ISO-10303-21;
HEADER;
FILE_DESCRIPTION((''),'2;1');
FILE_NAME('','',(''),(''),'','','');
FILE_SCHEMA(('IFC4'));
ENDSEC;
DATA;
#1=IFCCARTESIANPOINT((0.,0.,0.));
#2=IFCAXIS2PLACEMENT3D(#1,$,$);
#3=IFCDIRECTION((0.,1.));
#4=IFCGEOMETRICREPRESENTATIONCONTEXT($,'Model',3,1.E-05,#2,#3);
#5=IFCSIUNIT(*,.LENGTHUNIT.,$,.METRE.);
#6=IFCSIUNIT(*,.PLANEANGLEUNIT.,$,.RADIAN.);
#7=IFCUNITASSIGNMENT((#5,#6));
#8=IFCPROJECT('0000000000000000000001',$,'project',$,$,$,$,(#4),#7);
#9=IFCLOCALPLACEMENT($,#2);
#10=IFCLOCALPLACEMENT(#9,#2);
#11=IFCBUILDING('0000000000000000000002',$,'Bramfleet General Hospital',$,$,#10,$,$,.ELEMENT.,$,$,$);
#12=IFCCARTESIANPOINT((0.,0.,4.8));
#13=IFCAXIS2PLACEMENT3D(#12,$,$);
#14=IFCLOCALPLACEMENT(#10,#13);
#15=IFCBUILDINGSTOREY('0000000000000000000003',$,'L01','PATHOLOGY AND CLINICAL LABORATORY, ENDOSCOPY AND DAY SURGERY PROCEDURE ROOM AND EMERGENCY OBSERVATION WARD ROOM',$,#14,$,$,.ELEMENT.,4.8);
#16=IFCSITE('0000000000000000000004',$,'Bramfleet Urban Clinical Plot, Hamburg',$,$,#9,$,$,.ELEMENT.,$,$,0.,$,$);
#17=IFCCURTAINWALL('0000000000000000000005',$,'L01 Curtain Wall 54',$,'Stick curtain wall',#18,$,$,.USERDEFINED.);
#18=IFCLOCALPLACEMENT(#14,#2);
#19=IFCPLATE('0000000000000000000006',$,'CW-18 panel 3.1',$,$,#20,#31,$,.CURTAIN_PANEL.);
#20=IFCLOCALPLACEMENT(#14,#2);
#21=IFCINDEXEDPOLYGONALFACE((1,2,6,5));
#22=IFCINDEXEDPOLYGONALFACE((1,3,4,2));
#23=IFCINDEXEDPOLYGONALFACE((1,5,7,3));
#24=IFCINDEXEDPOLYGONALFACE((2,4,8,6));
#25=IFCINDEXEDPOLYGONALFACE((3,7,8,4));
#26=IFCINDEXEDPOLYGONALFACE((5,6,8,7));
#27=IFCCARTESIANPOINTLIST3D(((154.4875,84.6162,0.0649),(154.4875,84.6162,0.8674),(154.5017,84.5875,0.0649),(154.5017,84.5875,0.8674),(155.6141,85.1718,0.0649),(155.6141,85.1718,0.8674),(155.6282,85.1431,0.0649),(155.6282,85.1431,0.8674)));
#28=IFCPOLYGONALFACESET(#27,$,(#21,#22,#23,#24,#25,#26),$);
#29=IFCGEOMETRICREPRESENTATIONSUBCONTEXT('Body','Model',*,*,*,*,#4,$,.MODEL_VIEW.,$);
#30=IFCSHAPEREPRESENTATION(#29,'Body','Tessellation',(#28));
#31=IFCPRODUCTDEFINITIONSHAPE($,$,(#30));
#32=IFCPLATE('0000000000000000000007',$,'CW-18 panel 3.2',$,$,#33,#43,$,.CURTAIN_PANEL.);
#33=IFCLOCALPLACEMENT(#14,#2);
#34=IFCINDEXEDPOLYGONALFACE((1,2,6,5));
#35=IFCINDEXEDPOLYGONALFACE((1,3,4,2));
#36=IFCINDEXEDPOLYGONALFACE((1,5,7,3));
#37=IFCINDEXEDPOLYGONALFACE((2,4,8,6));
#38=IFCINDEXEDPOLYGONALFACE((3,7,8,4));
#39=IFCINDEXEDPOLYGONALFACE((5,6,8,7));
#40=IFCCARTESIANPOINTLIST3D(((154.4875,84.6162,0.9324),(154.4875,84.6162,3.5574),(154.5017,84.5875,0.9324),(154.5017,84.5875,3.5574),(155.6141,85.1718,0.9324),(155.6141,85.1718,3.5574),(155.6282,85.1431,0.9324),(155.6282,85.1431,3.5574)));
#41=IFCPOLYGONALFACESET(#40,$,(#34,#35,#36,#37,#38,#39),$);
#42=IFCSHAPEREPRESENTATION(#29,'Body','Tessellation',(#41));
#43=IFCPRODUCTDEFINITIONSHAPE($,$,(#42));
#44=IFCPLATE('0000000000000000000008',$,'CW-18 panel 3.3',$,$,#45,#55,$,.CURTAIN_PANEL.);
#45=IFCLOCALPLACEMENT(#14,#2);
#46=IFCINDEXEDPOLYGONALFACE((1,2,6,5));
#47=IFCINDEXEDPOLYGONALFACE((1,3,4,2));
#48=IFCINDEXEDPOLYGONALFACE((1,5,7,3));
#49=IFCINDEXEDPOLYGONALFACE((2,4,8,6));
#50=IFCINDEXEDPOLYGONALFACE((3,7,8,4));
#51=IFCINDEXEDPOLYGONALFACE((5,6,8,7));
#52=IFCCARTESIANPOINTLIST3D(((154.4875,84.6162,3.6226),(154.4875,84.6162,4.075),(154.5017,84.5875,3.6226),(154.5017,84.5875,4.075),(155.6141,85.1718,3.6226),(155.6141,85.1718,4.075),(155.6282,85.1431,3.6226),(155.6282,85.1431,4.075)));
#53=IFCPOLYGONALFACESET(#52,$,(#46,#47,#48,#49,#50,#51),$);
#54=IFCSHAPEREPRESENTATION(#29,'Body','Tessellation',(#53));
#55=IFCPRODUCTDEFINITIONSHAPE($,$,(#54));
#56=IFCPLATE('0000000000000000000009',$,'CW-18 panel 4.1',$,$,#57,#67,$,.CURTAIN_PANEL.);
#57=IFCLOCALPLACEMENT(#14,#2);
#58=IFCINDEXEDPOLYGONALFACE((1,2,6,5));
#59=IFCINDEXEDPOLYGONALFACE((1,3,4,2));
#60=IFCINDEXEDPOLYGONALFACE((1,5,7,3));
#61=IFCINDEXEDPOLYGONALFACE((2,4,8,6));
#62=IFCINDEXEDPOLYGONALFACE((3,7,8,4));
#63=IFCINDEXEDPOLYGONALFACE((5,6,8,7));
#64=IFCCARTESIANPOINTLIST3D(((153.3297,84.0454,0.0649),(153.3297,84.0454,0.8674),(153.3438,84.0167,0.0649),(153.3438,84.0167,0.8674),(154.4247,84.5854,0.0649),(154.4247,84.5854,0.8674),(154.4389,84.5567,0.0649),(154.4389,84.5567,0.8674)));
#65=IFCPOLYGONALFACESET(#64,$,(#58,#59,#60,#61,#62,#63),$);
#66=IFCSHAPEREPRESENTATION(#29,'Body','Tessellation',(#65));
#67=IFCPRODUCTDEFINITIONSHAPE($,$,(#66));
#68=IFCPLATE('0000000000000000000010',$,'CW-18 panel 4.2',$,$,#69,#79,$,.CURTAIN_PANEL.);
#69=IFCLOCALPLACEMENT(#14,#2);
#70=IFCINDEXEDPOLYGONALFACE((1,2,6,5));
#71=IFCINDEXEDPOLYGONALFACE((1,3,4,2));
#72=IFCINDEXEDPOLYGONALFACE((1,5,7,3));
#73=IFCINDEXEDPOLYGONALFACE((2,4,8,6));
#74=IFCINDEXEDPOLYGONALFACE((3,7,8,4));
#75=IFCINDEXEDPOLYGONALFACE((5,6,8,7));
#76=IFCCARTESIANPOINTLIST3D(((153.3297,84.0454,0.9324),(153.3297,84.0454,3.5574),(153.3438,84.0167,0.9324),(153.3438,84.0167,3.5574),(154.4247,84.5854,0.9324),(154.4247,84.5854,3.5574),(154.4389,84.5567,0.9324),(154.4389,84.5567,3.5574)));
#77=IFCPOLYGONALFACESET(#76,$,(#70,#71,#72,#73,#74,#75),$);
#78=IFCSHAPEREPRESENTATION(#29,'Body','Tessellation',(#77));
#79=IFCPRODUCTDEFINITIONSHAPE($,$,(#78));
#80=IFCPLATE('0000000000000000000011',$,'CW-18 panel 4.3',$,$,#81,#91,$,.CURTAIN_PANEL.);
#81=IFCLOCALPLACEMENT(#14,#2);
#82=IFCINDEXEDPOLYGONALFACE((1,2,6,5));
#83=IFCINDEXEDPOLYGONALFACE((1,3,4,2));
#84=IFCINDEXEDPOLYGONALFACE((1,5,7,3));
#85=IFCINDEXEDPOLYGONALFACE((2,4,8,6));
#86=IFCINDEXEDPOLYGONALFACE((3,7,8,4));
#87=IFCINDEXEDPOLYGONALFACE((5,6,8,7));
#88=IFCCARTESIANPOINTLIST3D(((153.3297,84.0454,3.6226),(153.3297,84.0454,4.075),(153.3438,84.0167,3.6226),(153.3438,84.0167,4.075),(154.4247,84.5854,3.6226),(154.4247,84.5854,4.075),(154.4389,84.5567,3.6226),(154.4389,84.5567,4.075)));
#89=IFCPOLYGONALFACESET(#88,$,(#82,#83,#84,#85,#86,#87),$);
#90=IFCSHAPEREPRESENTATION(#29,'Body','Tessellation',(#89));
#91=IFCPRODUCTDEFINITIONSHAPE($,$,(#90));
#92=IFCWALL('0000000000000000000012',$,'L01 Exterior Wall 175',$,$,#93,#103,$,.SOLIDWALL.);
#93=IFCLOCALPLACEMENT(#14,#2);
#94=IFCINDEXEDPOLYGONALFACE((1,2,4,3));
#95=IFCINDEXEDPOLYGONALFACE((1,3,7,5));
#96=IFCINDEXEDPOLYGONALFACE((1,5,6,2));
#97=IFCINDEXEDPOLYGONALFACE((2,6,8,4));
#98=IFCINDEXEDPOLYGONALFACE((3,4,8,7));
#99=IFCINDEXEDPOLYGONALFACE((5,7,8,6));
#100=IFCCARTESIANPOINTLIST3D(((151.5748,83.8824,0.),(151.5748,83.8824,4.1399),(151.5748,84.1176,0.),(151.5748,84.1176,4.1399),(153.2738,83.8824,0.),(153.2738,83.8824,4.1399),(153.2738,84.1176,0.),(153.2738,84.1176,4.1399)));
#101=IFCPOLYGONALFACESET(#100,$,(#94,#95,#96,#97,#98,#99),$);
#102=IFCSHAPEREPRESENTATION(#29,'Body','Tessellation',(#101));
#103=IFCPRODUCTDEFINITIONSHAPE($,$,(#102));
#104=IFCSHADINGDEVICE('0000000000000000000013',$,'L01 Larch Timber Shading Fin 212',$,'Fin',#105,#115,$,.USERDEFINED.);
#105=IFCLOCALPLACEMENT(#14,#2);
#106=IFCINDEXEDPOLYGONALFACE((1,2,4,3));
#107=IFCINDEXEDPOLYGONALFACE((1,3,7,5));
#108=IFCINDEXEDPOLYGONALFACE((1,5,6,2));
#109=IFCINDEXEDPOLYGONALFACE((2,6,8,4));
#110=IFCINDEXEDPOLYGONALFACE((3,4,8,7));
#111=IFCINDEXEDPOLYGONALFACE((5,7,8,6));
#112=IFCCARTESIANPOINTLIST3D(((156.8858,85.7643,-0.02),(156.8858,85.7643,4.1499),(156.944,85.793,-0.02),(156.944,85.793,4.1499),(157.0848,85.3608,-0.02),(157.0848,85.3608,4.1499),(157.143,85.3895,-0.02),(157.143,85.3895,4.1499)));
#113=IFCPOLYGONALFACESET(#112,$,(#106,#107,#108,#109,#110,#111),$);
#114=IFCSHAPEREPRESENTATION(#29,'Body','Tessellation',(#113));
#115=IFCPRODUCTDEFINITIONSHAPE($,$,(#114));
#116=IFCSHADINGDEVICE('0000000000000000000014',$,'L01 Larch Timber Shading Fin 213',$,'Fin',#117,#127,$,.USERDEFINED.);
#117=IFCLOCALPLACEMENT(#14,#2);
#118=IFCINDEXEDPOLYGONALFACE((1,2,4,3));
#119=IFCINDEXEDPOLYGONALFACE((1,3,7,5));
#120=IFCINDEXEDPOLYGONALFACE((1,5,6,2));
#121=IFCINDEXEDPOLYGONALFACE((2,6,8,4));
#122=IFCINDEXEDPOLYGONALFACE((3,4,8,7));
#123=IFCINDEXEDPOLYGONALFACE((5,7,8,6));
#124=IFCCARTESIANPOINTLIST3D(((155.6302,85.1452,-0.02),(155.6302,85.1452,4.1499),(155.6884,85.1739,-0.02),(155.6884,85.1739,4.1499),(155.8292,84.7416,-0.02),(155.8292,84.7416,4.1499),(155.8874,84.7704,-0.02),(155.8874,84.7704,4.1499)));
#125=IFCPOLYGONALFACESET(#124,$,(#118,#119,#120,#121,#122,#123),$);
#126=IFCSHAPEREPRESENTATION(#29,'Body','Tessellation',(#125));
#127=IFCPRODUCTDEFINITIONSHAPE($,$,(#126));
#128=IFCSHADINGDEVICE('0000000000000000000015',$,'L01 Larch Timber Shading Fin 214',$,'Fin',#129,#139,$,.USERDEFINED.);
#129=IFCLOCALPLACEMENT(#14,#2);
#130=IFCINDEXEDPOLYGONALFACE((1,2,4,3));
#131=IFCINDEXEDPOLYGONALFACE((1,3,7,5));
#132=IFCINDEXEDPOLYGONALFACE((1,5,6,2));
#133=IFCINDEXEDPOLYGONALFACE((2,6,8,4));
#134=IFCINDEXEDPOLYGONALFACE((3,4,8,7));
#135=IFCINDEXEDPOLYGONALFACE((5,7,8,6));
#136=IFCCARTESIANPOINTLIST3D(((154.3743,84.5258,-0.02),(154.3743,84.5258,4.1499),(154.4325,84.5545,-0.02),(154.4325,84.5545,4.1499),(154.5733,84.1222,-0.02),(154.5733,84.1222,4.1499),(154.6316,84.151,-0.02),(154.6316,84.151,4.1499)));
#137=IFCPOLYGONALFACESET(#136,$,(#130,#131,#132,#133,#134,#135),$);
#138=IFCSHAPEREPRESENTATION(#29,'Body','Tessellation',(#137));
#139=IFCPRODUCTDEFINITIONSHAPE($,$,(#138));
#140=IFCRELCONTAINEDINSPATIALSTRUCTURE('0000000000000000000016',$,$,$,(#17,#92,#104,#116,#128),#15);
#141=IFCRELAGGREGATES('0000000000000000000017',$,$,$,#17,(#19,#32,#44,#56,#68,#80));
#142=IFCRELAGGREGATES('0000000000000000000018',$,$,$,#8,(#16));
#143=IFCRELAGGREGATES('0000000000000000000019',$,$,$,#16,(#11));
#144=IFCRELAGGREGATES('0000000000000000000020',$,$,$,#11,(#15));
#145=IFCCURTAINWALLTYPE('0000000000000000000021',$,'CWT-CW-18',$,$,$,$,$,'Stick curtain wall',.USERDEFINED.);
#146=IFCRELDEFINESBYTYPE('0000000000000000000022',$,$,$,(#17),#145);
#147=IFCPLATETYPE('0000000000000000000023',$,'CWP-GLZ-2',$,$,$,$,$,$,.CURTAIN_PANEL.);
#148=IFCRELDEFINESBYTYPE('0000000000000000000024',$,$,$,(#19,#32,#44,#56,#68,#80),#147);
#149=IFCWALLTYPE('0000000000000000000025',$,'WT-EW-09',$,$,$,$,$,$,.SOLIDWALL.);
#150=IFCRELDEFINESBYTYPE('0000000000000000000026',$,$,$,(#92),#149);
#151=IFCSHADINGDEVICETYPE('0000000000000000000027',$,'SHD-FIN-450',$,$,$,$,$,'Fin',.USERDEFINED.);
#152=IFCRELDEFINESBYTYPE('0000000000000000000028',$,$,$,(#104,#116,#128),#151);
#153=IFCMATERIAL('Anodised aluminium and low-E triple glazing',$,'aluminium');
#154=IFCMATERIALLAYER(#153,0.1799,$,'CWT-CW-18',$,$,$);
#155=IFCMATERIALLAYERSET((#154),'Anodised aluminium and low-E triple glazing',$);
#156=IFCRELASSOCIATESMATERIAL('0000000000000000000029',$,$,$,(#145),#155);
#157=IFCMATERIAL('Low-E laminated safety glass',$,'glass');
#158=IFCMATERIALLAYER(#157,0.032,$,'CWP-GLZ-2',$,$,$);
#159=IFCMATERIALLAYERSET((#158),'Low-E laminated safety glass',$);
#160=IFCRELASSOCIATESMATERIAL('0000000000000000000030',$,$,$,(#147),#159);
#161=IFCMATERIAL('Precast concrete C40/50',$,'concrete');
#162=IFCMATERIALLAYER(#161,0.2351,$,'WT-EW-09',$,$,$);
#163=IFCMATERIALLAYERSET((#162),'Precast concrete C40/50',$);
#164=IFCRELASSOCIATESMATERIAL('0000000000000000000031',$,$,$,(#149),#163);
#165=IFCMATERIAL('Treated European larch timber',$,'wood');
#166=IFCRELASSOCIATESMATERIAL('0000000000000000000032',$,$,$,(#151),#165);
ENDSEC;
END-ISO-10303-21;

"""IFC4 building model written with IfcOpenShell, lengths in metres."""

from ifc_helpers import new_model, si_unit, direction, frame, frame_2d, origin, origin_2d, place, context, subcontext, project, spatial, rectangle, extrude, material, layer, layer_set, material_profile, profile_set, type_object, element, aggregate, save


model = new_model("IFC4")

# Units and contexts
model_context = context("Model", 3, precision=1e-05, world=origin(), true_north=direction((0.0, 1.0)))
body_context = subcontext(model_context, "Body", "Model", "MODEL_VIEW")
ifc_project = project(units=[si_unit("LENGTHUNIT", "METRE"), si_unit("PLANEANGLEUNIT", "RADIAN")], contexts=[model_context])

# Site, building, storey
site_placement = place(None, origin())
site = spatial("IfcSite", under=ifc_project, at=site_placement, Name="Bramfleet Urban Clinical Plot, Hamburg", CompositionType="ELEMENT", RefElevation=0.0)
building_placement = place(site_placement, origin())
building = spatial("IfcBuilding", under=site, at=building_placement, Name="Bramfleet General Hospital", CompositionType="ELEMENT")
storey_placement = place(building_placement, frame((0.0, 0.0, 4.8)))
storey = spatial("IfcBuildingStorey", under=building, at=storey_placement, Name="L01", Description="PATHOLOGY AND CLINICAL LABORATORY, ENDOSCOPY AND DAY SURGERY PROCEDURE ROOM AND EMERGENCY OBSERVATION WARD ROOM", CompositionType="ELEMENT", Elevation=4.8)

# Curtain wall, plates
ifc_material_1 = material(Name="Anodised aluminium and low-E triple glazing", Category="aluminium")
ifc_layer_1 = layer(ifc_material_1, 0.1799, Name="CWT-CW-18")
ifc_layer_set_1 = layer_set([ifc_layer_1], Name="Anodised aluminium and low-E triple glazing")
curtain_wall_type = type_object("IfcCurtainWallType", Name="CWT-CW-18", ElementType="Stick curtain wall", PredefinedType="USERDEFINED", material=ifc_layer_set_1)
curtain_wall_placement = place(storey_placement, origin())
curtain_wall = element("IfcCurtainWall", 1, at=curtain_wall_placement, inside=storey, type_object=curtain_wall_type, Name="L01 Curtain Wall 54", ObjectType="Stick curtain wall", PredefinedType="USERDEFINED")
ifc_material_2 = material(Name="Low-E laminated safety glass", Category="glass")
ifc_layer_2 = layer(ifc_material_2, 0.032, Name="CWP-GLZ-2")
ifc_layer_set_2 = layer_set([ifc_layer_2], Name="Low-E laminated safety glass")
plate_type = type_object("IfcPlateType", Name="CWP-GLZ-2", PredefinedType="CURTAIN_PANEL", material=ifc_layer_set_2)
plate_1_placement = place(storey_placement, frame((155.0579, 84.8796, 0.0649), z_axis=(0.0, 0.0, 1.0), x_axis=(-0.896865, -0.442305, 0.0)))
plate_1 = element("IfcPlate", 2, at=plate_1_placement, type_object=plate_type, Name="CW-18 panel 3.1", PredefinedType="CURTAIN_PANEL", context=body_context, shape_type="SweptSolid", body=[
    extrude(rectangle(XDim=1.2561, YDim=0.032, at=origin_2d()), origin(), (0.0, 0.0, 1.0), 0.8025),
])
plate_2_placement = place(storey_placement, frame((155.0579, 84.8796, 0.9324), z_axis=(0.0, 0.0, 1.0), x_axis=(-0.896865, -0.442305, 0.0)))
plate_2 = element("IfcPlate", 3, at=plate_2_placement, type_object=plate_type, Name="CW-18 panel 3.2", PredefinedType="CURTAIN_PANEL", context=body_context, shape_type="SweptSolid", body=[
    extrude(rectangle(XDim=1.2561, YDim=0.032, at=origin_2d()), origin(), (0.0, 0.0, 1.0), 2.625),
])
plate_3_placement = place(storey_placement, frame((155.0579, 84.8796, 3.6226), z_axis=(0.0, 0.0, 1.0), x_axis=(-0.896865, -0.442305, 0.0)))
plate_3 = element("IfcPlate", 4, at=plate_3_placement, type_object=plate_type, Name="CW-18 panel 3.3", PredefinedType="CURTAIN_PANEL", context=body_context, shape_type="SweptSolid", body=[
    extrude(rectangle(XDim=1.2561, YDim=0.032, at=origin_2d()), origin(), (0.0, 0.0, 1.0), 0.4524),
])
plate_4_placement = place(storey_placement, frame((153.8843, 84.301, 0.0649), z_axis=(0.0, 0.0, 1.0), x_axis=(-0.896865, -0.442305, 0.0)))
plate_4 = element("IfcPlate", 5, at=plate_4_placement, type_object=plate_type, Name="CW-18 panel 4.1", PredefinedType="CURTAIN_PANEL", context=body_context, shape_type="SweptSolid", body=[
    extrude(rectangle(XDim=1.2209, YDim=0.032, at=origin_2d()), origin(), (0.0, 0.0, 1.0), 0.8025),
])
plate_5_placement = place(storey_placement, frame((153.8843, 84.301, 0.9324), z_axis=(0.0, 0.0, 1.0), x_axis=(-0.896865, -0.442305, 0.0)))
plate_5 = element("IfcPlate", 6, at=plate_5_placement, type_object=plate_type, Name="CW-18 panel 4.2", PredefinedType="CURTAIN_PANEL", context=body_context, shape_type="SweptSolid", body=[
    extrude(rectangle(XDim=1.2209, YDim=0.032, at=origin_2d()), origin(), (0.0, 0.0, 1.0), 2.625),
])
plate_6_placement = place(storey_placement, frame((153.8843, 84.301, 3.6226), z_axis=(0.0, 0.0, 1.0), x_axis=(-0.896865, -0.442305, 0.0)))
plate_6 = element("IfcPlate", 7, at=plate_6_placement, type_object=plate_type, Name="CW-18 panel 4.3", PredefinedType="CURTAIN_PANEL", context=body_context, shape_type="SweptSolid", body=[
    extrude(rectangle(XDim=1.2209, YDim=0.032, at=origin_2d()), origin(), (0.0, 0.0, 1.0), 0.4524),
])
aggregate(curtain_wall, [plate_1, plate_2, plate_3, plate_4, plate_5, plate_6])

# Wall
ifc_material_3 = material(Name="Precast concrete C40/50", Category="concrete")
ifc_layer_3 = layer(ifc_material_3, 0.2351, Name="WT-EW-09")
ifc_layer_set_3 = layer_set([ifc_layer_3], Name="Precast concrete C40/50")
wall_type = type_object("IfcWallType", Name="WT-EW-09", PredefinedType="SOLIDWALL", material=ifc_layer_set_3)
wall_placement = place(storey_placement, frame((153.2739, 84.0, 0.0), z_axis=(0.0, 0.0, 1.0), x_axis=(-1.0, 0.0, 0.0)))
element("IfcWall", 8, at=wall_placement, inside=storey, type_object=wall_type, Name="L01 Exterior Wall 175", PredefinedType="SOLIDWALL", context=body_context, shape_type="SweptSolid", body=[
    extrude(rectangle(XDim=1.699, YDim=0.2351, at=frame_2d((0.8496, 0.0))), origin(), (0.0, 0.0, 1.0), 4.1399),
])

# Shading devices
ifc_material_4 = material(Name="Treated European larch timber", Category="wood")
ifc_material_profile_1 = material_profile(ifc_material_4, rectangle(XDim=0.0649, YDim=0.45, at=origin_2d()), Name="LARCH FIN 450x65")
ifc_profile_set_1 = profile_set([ifc_material_profile_1], Name="Treated European larch timber")
shading_device_type = type_object("IfcShadingDeviceType", Name="SHD-FIN-450", ElementType="Fin", PredefinedType="USERDEFINED", material=ifc_profile_set_1)
for number, where, z_axis, x_axis, name in (
    (9, (157.0144, 85.5769, -0.02), (0.0, 0.0, 1.0), (-0.896865, -0.442305, 0.0), "L01 Larch Timber Shading Fin 212"),
    (10, (155.7588, 84.9578, -0.02), (0.0, 0.0, 1.0), (-0.896865, -0.442305, 0.0), "L01 Larch Timber Shading Fin 213"),
    (11, (154.5029, 84.3384, -0.02), (0.0, 0.0, 1.0), (-0.896865, -0.442305, 0.0), "L01 Larch Timber Shading Fin 214"),
):
    element("IfcShadingDevice", number, at=place(storey_placement, frame(where, z_axis=z_axis, x_axis=x_axis)), inside=storey, type_object=shading_device_type, Name=name, ObjectType="Fin", PredefinedType="USERDEFINED", context=body_context, shape_type="SweptSolid", body=[
        extrude(rectangle(XDim=0.0649, YDim=0.45, at=origin_2d()), origin(), (0.0, 0.0, 1.0), 4.1699),
    ])

save(model, "model.ifc")
